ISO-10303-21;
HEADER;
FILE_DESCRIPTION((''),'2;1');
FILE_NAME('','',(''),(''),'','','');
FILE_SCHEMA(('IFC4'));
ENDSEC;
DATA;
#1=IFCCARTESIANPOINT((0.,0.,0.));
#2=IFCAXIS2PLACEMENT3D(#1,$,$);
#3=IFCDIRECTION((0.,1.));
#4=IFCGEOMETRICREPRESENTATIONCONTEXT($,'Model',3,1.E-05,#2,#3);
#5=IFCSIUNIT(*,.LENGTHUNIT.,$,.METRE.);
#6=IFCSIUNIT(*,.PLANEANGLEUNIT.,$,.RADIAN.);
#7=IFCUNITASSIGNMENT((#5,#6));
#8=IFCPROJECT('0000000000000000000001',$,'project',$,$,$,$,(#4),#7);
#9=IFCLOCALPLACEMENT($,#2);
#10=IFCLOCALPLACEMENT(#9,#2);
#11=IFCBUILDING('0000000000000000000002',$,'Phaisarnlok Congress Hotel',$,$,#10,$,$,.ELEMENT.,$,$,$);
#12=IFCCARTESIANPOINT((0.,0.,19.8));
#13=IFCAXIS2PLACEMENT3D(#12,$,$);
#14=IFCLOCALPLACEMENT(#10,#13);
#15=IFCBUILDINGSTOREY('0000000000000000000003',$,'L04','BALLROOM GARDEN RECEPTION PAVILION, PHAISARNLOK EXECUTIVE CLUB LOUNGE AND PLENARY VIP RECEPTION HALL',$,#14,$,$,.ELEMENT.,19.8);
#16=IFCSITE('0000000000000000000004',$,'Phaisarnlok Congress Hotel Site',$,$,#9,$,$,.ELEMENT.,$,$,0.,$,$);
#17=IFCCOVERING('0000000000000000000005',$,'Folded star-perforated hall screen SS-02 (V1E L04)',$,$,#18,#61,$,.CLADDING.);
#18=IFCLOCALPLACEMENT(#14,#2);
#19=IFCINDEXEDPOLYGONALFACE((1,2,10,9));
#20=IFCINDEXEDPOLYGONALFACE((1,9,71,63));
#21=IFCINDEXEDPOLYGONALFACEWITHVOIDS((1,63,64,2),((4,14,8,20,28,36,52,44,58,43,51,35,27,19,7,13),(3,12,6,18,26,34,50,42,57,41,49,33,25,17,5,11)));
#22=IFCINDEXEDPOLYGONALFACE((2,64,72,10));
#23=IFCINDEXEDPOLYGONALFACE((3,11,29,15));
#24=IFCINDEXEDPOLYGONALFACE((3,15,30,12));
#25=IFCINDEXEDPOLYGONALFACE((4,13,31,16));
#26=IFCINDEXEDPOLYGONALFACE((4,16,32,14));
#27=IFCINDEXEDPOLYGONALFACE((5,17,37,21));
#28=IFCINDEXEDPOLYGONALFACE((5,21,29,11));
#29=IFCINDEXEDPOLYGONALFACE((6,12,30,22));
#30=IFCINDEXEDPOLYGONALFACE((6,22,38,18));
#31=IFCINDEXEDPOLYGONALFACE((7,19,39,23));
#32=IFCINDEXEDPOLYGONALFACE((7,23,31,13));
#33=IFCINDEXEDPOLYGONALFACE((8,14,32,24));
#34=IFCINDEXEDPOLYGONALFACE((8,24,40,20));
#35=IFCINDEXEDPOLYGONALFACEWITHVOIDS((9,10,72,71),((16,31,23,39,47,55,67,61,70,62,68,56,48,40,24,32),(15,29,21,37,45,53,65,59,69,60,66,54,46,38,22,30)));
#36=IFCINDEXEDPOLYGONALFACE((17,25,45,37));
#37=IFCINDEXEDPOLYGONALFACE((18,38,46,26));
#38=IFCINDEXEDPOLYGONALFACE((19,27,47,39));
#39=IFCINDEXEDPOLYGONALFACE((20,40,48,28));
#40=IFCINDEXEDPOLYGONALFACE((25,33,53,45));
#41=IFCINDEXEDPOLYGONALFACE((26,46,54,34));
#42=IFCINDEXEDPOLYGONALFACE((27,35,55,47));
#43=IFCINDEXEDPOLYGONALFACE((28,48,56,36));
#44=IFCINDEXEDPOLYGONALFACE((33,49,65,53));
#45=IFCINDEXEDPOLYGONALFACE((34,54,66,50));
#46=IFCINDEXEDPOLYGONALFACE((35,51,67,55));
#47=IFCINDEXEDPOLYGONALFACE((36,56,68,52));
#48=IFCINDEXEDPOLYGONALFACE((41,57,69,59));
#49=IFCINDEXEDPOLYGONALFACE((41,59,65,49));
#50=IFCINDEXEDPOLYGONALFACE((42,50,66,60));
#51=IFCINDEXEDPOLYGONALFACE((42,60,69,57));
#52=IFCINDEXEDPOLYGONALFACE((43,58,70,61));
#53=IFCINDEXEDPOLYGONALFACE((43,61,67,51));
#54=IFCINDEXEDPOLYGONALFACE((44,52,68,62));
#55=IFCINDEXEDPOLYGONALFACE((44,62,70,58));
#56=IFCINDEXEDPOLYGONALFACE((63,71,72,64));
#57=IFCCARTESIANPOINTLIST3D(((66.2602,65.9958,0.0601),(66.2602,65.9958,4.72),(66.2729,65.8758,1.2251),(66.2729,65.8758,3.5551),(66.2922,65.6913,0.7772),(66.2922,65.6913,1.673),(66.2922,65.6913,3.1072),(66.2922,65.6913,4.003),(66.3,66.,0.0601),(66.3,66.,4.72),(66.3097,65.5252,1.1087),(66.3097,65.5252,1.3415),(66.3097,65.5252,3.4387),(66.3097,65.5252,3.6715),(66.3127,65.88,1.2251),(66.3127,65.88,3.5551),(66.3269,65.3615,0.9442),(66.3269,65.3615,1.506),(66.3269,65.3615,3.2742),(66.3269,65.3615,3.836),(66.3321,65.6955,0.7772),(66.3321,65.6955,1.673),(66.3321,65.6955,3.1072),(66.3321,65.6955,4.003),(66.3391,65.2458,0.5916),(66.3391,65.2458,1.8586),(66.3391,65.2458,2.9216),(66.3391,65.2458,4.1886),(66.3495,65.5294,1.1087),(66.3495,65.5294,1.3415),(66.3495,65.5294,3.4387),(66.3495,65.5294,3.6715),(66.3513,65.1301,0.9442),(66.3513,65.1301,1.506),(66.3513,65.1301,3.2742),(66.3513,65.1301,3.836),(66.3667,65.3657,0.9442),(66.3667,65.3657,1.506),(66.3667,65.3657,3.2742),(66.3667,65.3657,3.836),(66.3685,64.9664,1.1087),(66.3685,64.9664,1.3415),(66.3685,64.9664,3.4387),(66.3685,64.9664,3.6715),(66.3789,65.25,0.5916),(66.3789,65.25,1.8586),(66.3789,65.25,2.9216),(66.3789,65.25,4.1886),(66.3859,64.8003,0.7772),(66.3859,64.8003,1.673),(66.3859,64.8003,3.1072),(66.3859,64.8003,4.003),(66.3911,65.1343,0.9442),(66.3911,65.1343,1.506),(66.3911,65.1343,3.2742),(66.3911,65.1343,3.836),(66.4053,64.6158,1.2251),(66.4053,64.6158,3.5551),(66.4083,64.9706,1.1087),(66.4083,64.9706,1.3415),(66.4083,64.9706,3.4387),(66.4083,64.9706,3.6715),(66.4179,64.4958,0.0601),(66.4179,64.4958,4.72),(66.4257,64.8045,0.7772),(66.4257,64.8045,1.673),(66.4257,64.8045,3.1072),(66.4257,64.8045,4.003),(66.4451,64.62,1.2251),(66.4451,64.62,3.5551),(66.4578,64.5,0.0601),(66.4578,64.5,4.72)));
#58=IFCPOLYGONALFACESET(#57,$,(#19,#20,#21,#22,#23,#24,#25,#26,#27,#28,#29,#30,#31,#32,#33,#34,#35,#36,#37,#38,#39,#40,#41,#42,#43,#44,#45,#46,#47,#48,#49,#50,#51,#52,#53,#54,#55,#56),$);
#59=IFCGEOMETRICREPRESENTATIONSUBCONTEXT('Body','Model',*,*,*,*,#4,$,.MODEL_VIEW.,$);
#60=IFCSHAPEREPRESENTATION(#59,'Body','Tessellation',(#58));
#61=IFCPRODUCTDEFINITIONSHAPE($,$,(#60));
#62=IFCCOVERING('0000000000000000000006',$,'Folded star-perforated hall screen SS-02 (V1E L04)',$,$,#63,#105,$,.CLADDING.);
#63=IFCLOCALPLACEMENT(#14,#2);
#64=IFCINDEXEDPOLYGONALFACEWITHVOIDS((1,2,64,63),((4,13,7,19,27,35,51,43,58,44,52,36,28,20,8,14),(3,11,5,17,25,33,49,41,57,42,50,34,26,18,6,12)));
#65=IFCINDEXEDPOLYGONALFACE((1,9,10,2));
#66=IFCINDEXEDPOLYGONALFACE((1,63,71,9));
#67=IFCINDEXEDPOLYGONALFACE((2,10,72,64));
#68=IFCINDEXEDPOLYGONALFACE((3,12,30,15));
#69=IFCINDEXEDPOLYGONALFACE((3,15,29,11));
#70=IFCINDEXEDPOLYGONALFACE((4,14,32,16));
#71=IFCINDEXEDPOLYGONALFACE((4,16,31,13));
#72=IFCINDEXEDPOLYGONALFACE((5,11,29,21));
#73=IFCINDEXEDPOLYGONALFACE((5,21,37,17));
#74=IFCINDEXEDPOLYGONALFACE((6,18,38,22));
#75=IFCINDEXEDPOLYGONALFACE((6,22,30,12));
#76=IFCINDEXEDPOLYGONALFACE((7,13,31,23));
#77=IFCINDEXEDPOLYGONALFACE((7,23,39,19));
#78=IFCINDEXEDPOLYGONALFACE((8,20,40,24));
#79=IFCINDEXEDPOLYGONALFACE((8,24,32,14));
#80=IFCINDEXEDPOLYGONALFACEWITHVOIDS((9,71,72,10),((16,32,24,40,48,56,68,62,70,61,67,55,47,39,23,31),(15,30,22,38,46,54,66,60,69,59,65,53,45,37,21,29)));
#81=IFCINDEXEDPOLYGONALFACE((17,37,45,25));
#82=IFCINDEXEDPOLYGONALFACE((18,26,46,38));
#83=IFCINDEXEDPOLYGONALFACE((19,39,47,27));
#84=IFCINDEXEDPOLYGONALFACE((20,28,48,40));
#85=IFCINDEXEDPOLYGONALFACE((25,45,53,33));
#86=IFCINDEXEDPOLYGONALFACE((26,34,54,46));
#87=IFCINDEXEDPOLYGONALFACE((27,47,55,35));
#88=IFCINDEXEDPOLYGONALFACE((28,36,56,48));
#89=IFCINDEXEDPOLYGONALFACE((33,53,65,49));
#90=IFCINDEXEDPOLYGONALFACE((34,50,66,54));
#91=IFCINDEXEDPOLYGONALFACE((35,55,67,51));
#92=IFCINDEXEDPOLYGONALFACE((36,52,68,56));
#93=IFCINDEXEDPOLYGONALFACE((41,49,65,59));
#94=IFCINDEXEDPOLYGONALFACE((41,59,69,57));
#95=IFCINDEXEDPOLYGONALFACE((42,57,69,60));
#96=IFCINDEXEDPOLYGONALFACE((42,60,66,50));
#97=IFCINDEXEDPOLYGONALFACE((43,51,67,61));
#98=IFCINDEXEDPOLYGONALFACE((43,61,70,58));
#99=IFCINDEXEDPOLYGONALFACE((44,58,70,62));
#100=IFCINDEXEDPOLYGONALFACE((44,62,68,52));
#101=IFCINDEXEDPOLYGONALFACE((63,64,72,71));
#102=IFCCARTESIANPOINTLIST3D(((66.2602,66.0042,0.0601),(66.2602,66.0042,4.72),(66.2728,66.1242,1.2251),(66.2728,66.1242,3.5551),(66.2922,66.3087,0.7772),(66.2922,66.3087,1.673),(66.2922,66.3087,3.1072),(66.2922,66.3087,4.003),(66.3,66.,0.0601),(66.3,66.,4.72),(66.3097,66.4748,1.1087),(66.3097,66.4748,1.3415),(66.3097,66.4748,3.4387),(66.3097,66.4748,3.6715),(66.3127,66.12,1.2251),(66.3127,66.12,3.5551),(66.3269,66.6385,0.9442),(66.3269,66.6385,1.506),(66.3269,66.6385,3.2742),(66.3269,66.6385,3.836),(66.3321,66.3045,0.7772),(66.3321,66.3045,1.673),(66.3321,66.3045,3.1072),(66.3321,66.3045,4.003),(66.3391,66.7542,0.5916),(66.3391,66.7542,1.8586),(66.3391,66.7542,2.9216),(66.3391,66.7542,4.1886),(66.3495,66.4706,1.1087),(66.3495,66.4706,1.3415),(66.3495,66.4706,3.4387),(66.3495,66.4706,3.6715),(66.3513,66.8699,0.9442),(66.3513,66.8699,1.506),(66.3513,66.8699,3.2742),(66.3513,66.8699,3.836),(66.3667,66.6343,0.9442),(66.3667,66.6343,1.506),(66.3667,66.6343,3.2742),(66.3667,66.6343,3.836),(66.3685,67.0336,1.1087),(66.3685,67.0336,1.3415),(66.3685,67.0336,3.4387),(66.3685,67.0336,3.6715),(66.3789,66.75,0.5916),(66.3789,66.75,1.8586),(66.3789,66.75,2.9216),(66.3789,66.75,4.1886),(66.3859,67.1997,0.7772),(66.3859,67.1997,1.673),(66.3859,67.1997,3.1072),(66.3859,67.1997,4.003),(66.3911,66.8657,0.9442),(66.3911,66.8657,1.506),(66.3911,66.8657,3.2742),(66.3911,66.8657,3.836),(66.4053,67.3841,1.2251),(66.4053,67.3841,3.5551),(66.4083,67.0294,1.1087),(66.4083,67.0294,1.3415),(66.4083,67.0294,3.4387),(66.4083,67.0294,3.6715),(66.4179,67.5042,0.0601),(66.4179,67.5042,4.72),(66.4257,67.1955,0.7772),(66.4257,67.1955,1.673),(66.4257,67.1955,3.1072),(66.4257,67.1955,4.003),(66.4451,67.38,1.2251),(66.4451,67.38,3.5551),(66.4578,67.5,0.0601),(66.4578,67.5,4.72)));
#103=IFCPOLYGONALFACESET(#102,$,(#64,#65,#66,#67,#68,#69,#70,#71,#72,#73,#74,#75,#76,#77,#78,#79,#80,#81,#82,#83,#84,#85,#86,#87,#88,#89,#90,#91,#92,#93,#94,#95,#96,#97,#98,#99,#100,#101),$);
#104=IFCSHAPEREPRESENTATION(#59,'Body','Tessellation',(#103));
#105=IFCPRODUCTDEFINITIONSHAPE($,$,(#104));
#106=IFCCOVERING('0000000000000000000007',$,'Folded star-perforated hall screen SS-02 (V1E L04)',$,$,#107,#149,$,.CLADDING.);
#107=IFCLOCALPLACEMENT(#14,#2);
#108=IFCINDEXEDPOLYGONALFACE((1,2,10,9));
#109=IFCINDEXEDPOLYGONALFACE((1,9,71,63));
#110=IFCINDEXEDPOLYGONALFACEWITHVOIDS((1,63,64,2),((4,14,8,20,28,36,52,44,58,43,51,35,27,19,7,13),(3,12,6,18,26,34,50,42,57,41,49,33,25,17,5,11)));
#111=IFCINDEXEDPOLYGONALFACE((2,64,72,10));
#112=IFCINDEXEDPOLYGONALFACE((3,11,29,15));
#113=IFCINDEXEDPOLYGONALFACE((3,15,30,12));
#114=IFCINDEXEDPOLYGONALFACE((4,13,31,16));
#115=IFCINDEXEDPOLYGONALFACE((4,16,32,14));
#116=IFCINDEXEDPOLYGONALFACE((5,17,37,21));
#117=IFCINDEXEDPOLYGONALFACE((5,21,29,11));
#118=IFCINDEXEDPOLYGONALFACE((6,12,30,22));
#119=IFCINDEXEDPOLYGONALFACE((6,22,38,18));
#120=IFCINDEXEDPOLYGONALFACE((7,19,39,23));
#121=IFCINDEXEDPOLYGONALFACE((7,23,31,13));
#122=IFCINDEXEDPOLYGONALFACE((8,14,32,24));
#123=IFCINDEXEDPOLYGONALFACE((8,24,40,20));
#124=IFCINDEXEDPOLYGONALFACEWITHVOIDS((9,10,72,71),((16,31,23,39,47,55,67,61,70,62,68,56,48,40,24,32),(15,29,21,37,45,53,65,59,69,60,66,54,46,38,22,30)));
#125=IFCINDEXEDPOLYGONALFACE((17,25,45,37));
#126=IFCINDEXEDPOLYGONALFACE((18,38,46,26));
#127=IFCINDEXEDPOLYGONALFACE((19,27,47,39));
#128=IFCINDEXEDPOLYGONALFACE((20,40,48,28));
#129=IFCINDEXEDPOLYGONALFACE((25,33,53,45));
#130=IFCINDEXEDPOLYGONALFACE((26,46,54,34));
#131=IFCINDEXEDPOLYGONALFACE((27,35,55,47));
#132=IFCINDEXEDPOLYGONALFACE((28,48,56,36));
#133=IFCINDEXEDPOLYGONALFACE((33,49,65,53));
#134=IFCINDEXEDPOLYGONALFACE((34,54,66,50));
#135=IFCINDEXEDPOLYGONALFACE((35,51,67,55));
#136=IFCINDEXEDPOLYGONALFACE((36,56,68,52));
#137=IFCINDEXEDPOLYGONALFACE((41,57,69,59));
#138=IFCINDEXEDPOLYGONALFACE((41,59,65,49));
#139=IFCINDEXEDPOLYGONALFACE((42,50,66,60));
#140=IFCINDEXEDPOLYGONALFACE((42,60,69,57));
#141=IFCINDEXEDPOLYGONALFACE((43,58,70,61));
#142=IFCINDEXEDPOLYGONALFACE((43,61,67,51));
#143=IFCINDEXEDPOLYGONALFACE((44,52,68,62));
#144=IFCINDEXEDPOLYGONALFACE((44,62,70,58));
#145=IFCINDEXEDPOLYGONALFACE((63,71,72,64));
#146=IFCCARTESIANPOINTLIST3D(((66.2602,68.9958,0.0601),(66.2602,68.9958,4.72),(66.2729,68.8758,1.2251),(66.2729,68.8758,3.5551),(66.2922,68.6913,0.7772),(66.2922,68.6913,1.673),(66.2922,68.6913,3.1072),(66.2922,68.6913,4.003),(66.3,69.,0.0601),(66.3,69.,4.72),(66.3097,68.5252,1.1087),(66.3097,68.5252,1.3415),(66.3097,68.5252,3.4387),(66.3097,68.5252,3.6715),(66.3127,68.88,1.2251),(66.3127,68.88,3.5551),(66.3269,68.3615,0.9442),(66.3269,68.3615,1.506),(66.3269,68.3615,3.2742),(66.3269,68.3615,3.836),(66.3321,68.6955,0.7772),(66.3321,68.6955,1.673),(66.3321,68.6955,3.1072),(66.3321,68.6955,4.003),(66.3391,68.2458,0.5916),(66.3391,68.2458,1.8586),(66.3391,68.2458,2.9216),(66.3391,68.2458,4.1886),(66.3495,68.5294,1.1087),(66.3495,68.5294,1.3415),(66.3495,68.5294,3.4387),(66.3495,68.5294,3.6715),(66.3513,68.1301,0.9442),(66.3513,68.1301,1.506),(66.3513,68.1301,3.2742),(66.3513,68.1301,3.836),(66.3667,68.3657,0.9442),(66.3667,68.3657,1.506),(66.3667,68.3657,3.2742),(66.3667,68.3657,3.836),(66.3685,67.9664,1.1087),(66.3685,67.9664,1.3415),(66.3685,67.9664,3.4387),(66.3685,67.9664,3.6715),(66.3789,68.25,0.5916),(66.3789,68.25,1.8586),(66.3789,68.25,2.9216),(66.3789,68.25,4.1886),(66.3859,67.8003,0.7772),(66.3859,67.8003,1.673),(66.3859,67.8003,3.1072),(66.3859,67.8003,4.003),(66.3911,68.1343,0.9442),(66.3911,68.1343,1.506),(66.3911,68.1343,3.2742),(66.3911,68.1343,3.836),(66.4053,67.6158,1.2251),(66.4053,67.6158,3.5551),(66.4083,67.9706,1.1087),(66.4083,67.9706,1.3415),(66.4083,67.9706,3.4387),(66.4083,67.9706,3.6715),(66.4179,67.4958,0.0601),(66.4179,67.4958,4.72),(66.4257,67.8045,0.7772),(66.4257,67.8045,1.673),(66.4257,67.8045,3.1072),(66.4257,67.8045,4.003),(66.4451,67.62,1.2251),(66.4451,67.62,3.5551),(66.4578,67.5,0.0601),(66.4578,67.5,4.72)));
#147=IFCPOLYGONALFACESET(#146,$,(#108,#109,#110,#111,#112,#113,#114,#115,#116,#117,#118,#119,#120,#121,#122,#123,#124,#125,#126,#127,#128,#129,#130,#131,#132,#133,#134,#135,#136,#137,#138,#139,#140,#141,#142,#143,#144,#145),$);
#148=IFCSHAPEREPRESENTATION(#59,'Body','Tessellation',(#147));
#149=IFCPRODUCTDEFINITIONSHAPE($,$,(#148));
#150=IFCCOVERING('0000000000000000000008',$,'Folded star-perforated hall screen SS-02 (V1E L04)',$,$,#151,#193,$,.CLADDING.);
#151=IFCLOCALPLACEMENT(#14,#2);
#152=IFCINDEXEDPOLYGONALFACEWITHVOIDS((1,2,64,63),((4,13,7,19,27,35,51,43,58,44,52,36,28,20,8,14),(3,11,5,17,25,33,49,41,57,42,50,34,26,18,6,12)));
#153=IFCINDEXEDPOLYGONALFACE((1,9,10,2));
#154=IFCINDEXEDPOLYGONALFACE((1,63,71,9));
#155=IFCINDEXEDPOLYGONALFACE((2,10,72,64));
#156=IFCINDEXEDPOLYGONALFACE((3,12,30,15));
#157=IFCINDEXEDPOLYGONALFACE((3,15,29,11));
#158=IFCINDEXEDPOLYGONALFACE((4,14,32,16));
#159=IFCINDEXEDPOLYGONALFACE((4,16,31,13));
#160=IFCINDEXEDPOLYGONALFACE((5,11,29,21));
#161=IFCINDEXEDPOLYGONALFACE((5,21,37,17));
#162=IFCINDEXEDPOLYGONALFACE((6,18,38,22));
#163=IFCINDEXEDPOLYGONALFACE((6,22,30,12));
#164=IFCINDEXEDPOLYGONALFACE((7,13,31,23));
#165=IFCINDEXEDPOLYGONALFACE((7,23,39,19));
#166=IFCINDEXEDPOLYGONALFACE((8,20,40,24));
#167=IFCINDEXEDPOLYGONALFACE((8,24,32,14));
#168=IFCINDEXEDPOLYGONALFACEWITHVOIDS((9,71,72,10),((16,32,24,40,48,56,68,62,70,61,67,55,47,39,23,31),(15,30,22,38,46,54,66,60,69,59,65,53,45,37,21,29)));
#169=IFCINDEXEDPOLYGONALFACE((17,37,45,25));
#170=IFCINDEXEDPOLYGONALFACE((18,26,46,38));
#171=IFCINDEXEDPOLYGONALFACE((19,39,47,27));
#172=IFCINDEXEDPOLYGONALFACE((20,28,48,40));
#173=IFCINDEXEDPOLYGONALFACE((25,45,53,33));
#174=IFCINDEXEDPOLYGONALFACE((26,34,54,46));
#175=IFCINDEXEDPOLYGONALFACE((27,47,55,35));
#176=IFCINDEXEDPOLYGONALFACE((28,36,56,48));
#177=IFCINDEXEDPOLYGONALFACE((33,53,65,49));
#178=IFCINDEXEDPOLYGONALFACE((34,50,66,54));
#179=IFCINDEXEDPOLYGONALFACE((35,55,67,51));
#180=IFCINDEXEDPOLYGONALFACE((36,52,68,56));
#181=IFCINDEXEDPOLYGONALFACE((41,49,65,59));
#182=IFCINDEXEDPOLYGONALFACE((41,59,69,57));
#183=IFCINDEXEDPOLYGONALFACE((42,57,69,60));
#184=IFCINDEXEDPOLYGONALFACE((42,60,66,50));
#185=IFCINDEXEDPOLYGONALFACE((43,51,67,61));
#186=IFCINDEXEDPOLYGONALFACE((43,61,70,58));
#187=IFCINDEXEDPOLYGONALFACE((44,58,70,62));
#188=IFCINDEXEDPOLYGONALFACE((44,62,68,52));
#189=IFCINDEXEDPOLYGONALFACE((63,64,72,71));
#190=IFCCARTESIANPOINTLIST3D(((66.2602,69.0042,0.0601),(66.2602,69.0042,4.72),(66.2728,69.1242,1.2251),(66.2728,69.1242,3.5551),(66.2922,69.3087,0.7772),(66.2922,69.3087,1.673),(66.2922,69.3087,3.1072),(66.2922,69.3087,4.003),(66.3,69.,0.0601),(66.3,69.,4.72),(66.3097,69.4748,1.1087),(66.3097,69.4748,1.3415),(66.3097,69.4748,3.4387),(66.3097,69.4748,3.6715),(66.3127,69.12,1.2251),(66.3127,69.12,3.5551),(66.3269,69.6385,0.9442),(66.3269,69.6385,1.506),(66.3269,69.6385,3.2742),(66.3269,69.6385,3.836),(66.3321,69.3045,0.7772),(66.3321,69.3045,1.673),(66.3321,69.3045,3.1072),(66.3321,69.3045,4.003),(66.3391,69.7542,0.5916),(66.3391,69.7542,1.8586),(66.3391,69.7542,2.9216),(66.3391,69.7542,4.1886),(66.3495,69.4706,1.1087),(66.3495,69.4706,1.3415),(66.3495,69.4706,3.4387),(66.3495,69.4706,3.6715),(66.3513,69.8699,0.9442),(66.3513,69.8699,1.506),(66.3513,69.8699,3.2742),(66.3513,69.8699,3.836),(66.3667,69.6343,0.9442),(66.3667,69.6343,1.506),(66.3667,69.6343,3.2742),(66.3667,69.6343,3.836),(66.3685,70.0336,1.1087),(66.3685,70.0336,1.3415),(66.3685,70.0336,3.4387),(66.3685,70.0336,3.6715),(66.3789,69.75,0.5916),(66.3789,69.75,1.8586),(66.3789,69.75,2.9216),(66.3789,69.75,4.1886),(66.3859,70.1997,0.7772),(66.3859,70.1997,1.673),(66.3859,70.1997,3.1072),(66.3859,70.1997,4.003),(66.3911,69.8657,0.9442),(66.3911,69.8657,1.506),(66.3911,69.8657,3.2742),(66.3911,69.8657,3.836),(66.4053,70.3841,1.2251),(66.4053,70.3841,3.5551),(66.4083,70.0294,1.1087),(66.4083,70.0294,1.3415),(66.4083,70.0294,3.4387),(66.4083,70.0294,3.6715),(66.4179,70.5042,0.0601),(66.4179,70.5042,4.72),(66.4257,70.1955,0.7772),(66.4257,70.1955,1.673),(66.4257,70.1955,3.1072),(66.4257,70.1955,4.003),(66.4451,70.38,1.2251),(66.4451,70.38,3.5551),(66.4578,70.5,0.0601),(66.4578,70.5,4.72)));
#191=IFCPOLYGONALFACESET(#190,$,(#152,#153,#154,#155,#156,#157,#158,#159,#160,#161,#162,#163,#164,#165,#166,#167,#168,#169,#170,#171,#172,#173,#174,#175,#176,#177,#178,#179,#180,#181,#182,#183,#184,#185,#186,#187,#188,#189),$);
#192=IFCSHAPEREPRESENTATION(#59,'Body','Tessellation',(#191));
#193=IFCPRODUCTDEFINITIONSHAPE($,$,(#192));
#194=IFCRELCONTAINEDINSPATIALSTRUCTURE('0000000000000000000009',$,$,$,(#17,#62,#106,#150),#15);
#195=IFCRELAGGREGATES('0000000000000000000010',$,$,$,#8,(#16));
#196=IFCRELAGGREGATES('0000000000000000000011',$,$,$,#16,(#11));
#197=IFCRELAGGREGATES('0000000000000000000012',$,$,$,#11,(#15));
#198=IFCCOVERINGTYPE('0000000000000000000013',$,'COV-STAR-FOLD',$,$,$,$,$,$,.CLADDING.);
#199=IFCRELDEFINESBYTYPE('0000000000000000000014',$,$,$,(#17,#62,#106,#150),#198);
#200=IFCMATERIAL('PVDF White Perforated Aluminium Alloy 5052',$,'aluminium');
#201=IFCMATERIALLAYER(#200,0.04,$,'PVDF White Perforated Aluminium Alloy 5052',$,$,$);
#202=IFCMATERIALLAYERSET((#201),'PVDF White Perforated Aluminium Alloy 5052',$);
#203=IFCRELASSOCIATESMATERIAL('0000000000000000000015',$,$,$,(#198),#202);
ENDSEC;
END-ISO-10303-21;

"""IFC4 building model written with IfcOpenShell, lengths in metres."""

from ifc_helpers import new_model, si_unit, direction, frame, origin, place, context, subcontext, project, spatial, polyline, outline, extrude, material, layer, layer_set, type_object, element, save


model = new_model("IFC4")

# Units and contexts
model_context = context("Model", 3, precision=1e-05, world=origin(), true_north=direction((0.0, 1.0)))
body_context = subcontext(model_context, "Body", "Model", "MODEL_VIEW")
ifc_project = project(units=[si_unit("LENGTHUNIT", "METRE"), si_unit("PLANEANGLEUNIT", "RADIAN")], contexts=[model_context])

# Site, building, storey
site_placement = place(None, origin())
site = spatial("IfcSite", under=ifc_project, at=site_placement, Name="Phaisarnlok Congress Hotel Site", CompositionType="ELEMENT", RefElevation=0.0)
building_placement = place(site_placement, origin())
building = spatial("IfcBuilding", under=site, at=building_placement, Name="Phaisarnlok Congress Hotel", CompositionType="ELEMENT")
storey_placement = place(building_placement, frame((0.0, 0.0, 19.8)))
storey = spatial("IfcBuildingStorey", under=building, at=storey_placement, Name="L04", Description="BALLROOM GARDEN RECEPTION PAVILION, PHAISARNLOK EXECUTIVE CLUB LOUNGE AND PLENARY VIP RECEPTION HALL", CompositionType="ELEMENT", Elevation=19.8)

# Coverings
ifc_material_1 = material(Name="PVDF White Perforated Aluminium Alloy 5052", Category="aluminium")
ifc_layer_1 = layer(ifc_material_1, 0.04, Name="PVDF White Perforated Aluminium Alloy 5052")
ifc_layer_set_1 = layer_set([ifc_layer_1], Name="PVDF White Perforated Aluminium Alloy 5052")
covering_type = type_object("IfcCoveringType", Name="COV-STAR-FOLD", PredefinedType="CLADDING", material=ifc_layer_set_1)
for number, where, z_axis, x_axis, name in (
    (1, (66.3, 66.0, 0.0601), (-0.994518, -0.104567, 0.0), (0.104567, -0.994518, 0.0), "Folded star-perforated hall screen SS-02 (V1E L04)"),
    (2, (66.4578, 67.5, 0.0601), (-0.994518, 0.104567, 0.0), (-0.104567, -0.994518, 0.0), "Folded star-perforated hall screen SS-02 (V1E L04)"),
    (3, (66.3, 69.0, 0.0601), (-0.994518, -0.104567, 0.0), (0.104567, -0.994518, 0.0), "Folded star-perforated hall screen SS-02 (V1E L04)"),
    (4, (66.4578, 70.5, 0.0601), (-0.994518, 0.104567, 0.0), (-0.104567, -0.994518, 0.0), "Folded star-perforated hall screen SS-02 (V1E L04)"),
):
    element("IfcCovering", number, at=place(storey_placement, frame(where, z_axis=z_axis, x_axis=x_axis)), inside=storey, type_object=covering_type, Name=name, PredefinedType="CLADDING", context=body_context, shape_type="SweptSolid", body=[
        extrude(outline(polyline([(0.0, 0.0), (1.5083, 0.0), (1.5083, 4.6599), (0.0, 4.6599), (0.0, 0.0)]), holes=[polyline([(1.0351, 1.0486), (1.2021, 0.7171), (0.8705, 0.8841), (0.7541, 0.5315), (0.6378, 0.8841), (0.3062, 0.7171), (0.4732, 1.0486), (0.1207, 1.165), (0.4732, 1.2814), (0.3062, 1.6129), (0.6378, 1.4459), (0.7541, 1.7985), (0.8705, 1.4459), (1.2021, 1.6129), (1.0351, 1.2814), (1.3876, 1.165), (1.0351, 1.0486)]), polyline([(1.0351, 3.3786), (1.2021, 3.0471), (0.8705, 3.2141), (0.7541, 2.8615), (0.6378, 3.2141), (0.3062, 3.0471), (0.4732, 3.3786), (0.1207, 3.495), (0.4732, 3.6114), (0.3062, 3.9429), (0.6378, 3.7759), (0.7541, 4.1285), (0.8705, 3.7759), (1.2021, 3.9429), (1.0351, 3.6114), (1.3876, 3.495), (1.0351, 3.3786)])]), origin(), (0.0, 0.0, 1.0), 0.04),
    ])

save(model, "model.ifc")
